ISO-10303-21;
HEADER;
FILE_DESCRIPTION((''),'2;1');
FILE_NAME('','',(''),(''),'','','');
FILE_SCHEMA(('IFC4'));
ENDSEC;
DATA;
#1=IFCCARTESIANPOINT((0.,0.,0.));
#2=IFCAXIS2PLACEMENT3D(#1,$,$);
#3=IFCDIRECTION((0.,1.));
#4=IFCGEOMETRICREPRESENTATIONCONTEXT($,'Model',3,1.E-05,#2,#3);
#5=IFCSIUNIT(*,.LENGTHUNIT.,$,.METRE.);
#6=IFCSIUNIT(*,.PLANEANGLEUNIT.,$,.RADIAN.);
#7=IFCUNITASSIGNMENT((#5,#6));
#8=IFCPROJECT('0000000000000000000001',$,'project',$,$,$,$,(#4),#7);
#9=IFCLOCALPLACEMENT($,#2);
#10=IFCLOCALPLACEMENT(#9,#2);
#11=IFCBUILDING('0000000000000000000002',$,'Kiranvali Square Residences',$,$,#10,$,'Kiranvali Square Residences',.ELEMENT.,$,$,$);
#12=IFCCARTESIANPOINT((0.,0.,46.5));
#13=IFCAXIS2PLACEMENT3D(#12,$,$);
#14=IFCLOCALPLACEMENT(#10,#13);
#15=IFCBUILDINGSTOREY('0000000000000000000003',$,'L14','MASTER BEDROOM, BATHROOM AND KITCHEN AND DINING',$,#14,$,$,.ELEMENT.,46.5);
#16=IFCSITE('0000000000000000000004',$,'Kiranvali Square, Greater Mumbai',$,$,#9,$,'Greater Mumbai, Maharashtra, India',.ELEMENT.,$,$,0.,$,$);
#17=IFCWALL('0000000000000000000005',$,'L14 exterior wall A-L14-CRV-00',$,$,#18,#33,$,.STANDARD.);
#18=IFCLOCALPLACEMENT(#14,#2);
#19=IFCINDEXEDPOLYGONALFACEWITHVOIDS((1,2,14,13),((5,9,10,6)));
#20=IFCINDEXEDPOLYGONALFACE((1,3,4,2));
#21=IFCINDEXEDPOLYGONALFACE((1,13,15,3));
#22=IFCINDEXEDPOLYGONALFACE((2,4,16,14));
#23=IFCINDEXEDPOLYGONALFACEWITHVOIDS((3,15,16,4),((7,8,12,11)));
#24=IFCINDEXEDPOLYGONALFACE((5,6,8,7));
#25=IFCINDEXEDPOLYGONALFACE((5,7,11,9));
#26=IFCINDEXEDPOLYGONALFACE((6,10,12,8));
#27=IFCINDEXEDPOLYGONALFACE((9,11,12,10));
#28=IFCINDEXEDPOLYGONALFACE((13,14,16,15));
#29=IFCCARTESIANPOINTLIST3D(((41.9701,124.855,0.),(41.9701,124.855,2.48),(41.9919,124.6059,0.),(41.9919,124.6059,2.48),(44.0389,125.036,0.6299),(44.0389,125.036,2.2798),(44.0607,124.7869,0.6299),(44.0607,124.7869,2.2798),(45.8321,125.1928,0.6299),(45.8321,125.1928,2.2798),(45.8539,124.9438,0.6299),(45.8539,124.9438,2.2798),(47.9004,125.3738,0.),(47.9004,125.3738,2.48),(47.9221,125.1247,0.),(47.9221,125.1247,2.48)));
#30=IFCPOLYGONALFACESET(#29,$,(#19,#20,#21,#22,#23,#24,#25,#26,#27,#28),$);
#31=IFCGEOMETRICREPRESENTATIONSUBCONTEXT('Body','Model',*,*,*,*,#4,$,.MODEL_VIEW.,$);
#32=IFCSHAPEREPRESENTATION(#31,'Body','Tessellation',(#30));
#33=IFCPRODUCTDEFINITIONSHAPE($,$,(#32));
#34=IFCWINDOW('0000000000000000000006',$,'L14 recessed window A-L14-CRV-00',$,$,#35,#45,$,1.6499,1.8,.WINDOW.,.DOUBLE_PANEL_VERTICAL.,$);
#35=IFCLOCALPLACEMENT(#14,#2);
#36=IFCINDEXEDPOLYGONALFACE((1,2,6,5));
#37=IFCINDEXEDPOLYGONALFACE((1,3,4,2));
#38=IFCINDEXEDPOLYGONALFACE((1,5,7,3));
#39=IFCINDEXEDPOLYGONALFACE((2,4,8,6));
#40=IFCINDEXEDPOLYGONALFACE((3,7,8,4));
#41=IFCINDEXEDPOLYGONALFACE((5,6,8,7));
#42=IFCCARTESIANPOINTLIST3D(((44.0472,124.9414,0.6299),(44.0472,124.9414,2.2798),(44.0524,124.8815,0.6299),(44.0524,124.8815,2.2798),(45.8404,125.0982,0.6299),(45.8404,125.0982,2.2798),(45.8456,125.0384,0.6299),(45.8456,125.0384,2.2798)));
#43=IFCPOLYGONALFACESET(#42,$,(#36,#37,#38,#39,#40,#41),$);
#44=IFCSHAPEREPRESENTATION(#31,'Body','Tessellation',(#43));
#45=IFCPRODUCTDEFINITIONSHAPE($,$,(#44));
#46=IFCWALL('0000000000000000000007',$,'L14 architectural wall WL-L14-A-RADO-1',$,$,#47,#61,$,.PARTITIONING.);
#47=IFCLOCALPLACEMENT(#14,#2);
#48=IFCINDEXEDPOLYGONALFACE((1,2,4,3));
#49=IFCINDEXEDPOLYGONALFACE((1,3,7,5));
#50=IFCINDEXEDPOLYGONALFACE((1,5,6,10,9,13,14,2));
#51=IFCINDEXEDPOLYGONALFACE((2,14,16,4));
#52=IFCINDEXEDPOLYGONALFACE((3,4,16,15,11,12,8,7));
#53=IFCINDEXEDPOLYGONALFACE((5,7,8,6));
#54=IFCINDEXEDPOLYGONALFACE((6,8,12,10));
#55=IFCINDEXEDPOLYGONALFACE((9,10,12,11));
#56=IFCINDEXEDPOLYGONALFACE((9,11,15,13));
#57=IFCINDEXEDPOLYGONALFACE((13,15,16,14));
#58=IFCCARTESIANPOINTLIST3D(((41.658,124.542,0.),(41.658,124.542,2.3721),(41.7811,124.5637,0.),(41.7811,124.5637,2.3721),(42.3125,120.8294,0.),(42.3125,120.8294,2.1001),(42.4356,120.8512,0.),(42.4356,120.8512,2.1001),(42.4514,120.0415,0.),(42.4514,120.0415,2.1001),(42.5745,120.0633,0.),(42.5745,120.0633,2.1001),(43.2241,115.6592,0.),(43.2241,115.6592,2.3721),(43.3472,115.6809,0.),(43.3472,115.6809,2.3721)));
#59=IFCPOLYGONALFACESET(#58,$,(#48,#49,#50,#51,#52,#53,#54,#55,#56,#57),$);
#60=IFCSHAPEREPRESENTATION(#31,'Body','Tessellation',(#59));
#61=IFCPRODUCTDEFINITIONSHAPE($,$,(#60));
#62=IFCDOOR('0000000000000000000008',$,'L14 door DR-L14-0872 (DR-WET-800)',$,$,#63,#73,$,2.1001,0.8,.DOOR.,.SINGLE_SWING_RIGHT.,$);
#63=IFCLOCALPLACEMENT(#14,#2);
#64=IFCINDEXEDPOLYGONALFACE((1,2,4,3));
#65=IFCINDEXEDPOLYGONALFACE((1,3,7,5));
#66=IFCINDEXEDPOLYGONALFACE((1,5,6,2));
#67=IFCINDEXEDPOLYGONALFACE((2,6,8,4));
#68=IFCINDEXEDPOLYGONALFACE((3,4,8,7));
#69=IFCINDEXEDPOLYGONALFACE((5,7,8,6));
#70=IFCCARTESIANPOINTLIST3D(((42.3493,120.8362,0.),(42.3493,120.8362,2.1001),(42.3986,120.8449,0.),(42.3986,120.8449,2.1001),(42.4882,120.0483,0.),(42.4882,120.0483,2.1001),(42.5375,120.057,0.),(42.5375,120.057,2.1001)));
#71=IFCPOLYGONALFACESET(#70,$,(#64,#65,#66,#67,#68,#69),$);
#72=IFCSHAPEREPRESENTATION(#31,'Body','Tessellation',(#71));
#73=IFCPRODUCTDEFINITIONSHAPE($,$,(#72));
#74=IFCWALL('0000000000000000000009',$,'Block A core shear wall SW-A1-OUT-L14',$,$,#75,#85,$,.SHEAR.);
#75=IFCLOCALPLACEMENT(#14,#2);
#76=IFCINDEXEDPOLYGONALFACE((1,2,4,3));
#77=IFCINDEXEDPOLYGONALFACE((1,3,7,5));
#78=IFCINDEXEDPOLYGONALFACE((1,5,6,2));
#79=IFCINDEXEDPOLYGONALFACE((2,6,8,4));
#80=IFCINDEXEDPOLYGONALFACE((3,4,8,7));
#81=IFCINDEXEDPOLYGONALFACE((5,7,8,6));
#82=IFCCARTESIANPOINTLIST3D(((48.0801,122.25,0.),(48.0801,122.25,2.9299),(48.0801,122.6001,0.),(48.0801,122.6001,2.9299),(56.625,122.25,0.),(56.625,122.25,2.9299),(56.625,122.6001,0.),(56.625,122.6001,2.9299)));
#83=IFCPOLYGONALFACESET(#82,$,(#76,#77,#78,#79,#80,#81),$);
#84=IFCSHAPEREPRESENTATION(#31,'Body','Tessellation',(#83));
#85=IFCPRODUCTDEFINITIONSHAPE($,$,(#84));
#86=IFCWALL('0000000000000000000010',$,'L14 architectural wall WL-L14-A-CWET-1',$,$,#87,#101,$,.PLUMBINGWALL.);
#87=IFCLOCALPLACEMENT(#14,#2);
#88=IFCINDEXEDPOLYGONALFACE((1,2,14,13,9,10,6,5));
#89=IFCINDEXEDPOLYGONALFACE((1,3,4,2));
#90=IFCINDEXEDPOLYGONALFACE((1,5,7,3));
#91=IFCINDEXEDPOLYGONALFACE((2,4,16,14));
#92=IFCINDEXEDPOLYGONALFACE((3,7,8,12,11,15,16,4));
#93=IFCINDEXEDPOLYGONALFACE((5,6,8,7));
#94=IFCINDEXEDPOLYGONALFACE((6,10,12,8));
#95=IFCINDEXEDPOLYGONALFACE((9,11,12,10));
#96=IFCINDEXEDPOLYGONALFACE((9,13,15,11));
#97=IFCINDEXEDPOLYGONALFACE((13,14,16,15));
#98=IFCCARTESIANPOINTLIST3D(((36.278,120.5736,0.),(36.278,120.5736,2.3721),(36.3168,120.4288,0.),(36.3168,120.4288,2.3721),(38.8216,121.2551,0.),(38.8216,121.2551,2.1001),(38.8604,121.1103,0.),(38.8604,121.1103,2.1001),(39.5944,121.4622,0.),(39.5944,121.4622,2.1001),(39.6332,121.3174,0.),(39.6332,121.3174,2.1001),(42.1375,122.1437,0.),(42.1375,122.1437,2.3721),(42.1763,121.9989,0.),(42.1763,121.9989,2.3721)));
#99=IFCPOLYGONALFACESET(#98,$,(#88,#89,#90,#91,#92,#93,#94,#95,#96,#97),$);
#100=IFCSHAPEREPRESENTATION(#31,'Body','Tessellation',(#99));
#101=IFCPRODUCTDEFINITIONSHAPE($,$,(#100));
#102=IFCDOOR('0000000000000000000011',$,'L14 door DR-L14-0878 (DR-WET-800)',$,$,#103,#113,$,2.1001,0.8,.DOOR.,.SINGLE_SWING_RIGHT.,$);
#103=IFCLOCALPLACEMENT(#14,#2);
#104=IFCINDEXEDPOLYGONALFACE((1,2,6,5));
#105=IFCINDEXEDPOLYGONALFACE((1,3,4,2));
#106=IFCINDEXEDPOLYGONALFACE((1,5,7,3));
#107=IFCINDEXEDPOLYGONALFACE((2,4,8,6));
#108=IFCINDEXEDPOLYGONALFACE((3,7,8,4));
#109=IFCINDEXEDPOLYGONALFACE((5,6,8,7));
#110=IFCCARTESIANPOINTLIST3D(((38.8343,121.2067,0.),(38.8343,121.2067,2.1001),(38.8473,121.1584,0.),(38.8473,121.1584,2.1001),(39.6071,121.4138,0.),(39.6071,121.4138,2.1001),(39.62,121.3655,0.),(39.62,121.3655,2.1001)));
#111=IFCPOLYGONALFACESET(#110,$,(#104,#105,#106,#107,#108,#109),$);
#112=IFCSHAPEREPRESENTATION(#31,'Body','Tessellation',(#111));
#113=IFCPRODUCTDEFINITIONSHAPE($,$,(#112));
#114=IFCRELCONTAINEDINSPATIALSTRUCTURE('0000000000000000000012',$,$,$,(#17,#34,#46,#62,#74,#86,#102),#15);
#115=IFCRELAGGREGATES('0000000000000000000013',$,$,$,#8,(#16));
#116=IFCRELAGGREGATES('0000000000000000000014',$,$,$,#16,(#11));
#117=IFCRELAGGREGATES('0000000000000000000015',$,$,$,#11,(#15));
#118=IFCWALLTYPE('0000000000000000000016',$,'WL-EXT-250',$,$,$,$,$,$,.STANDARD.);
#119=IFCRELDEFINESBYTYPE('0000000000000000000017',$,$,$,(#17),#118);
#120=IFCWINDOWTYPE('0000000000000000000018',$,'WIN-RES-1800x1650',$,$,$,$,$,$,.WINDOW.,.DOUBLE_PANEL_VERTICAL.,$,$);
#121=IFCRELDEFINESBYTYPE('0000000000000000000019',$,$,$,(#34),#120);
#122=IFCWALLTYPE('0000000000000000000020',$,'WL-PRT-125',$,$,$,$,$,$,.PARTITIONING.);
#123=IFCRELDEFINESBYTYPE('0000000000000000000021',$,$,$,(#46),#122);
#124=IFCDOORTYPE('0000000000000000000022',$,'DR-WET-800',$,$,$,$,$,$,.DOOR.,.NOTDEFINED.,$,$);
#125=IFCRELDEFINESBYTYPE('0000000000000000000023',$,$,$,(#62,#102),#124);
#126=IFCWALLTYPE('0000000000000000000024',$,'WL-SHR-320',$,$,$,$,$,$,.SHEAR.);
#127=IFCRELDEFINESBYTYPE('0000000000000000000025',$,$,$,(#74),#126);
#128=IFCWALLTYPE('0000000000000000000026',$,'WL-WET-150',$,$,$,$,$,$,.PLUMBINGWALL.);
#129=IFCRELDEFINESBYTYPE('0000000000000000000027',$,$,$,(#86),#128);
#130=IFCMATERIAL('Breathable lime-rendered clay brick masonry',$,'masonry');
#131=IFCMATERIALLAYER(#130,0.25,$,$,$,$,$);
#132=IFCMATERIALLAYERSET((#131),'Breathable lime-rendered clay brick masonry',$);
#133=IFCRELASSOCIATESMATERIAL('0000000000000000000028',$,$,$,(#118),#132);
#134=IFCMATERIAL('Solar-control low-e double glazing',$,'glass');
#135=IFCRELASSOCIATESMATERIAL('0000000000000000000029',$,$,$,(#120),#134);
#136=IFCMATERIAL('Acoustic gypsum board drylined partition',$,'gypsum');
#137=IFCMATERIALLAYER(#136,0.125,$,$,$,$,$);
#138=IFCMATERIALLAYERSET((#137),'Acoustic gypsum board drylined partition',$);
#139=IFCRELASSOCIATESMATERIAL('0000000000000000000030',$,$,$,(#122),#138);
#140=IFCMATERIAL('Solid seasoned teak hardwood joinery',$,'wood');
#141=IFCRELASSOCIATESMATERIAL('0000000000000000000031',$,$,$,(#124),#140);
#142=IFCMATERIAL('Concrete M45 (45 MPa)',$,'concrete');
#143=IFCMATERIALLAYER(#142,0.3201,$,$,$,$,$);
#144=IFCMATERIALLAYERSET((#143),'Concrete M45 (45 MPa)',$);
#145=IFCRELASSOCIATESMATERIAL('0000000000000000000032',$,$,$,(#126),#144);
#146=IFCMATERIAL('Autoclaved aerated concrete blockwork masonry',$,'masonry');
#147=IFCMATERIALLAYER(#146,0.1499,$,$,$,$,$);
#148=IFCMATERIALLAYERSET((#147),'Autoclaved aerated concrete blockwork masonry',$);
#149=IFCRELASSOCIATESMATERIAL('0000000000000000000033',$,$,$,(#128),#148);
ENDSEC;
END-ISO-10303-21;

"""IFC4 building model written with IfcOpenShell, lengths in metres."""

from ifc_helpers import new_model, si_unit, direction, frame, frame_2d, origin, place, context, subcontext, project, spatial, rectangle, extrude, material, layer, layer_set, type_object, element, fill, save


model = new_model("IFC4")

# Units and contexts
model_context = context("Model", 3, precision=1e-05, world=origin(), true_north=direction((0.0, 1.0)))
body_context = subcontext(model_context, "Body", "Model", "MODEL_VIEW")
ifc_project = project(units=[si_unit("LENGTHUNIT", "METRE"), si_unit("PLANEANGLEUNIT", "RADIAN")], contexts=[model_context])

# Site, building, storey
site_placement = place(None, origin())
site = spatial("IfcSite", under=ifc_project, at=site_placement, Name="Kiranvali Square, Greater Mumbai", LongName="Greater Mumbai, Maharashtra, India", CompositionType="ELEMENT", RefElevation=0.0)
building_placement = place(site_placement, origin())
building = spatial("IfcBuilding", under=site, at=building_placement, Name="Kiranvali Square Residences", LongName="Kiranvali Square Residences", CompositionType="ELEMENT")
storey_placement = place(building_placement, frame((0.0, 0.0, 46.5)))
storey = spatial("IfcBuildingStorey", under=building, at=storey_placement, Name="L14", Description="MASTER BEDROOM, BATHROOM AND KITCHEN AND DINING", CompositionType="ELEMENT", Elevation=46.5)

# Shared definitions
ifc_material_1 = material(Name="Autoclaved aerated concrete blockwork masonry", Category="masonry")

# Wall, opening, window
ifc_material_2 = material(Name="Breathable lime-rendered clay brick masonry", Category="masonry")
ifc_layer_1 = layer(ifc_material_2, 0.25)
ifc_layer_set_1 = layer_set([ifc_layer_1], Name="Breathable lime-rendered clay brick masonry")
wall_type_1 = type_object("IfcWallType", Name="WL-EXT-250", PredefinedType="STANDARD", material=ifc_layer_set_1)
wall_1_placement = place(storey_placement, frame((47.9114, 125.2493, 0.0), z_axis=(0.0, 0.0, 1.0), x_axis=(-0.996195, -0.087152, 0.0)))
wall_1 = element("IfcWall", 1, at=wall_1_placement, inside=storey, type_object=wall_type_1, Name="L14 exterior wall A-L14-CRV-00", PredefinedType="STANDARD", context=body_context, shape_type="SweptSolid", body=[
    extrude(rectangle(XDim=5.9529, YDim=0.25, at=frame_2d((2.9766, 0.0))), origin(), (0.0, 0.0, 1.0), 2.48),
])
opening_1_placement = place(wall_1_placement, frame((2.0764, 0.0, 0.6299)))
opening_1 = element("IfcOpeningElement", 2, at=opening_1_placement, cuts=wall_1, PredefinedType="OPENING", context=body_context, shape_type="SweptSolid", body=[
    extrude(rectangle(XDim=1.8, YDim=1.6499, at=frame_2d((0.8999, 0.825))), frame((0.0, 0.135, 0.0), z_axis=(0.0, -1.0, 0.0), x_axis=(1.0, 0.0, 0.0)), (0.0, 0.0, 1.0), 0.27),
])
ifc_material_3 = material(Name="Solar-control low-e double glazing", Category="glass")
window_type_1 = type_object("IfcWindowType", Name="WIN-RES-1800x1650", PartitioningType="DOUBLE_PANEL_VERTICAL", PredefinedType="WINDOW", material=ifc_material_3)
window_1_placement = place(opening_1_placement, origin())
window_1 = element("IfcWindow", 3, at=window_1_placement, inside=storey, type_object=window_type_1, Name="L14 recessed window A-L14-CRV-00", OverallHeight=1.6499, OverallWidth=1.8, PartitioningType="DOUBLE_PANEL_VERTICAL", PredefinedType="WINDOW", context=body_context, shape_type="SweptSolid", body=[
    extrude(rectangle(XDim=1.8, YDim=1.6499, at=frame_2d((0.8999, 0.825))), frame((0.0, 0.03, 0.0), z_axis=(0.0, -1.0, 0.0), x_axis=(1.0, 0.0, 0.0)), (0.0, 0.0, 1.0), 0.0601),
])
fill(opening_1, window_1)

# Wall, opening, door
ifc_material_4 = material(Name="Acoustic gypsum board drylined partition", Category="gypsum")
ifc_layer_2 = layer(ifc_material_4, 0.125)
ifc_layer_set_2 = layer_set([ifc_layer_2], Name="Acoustic gypsum board drylined partition")
wall_type_2 = type_object("IfcWallType", Name="WL-PRT-125", PredefinedType="PARTITIONING", material=ifc_layer_set_2)
wall_2_placement = place(storey_placement, frame((43.2856, 115.6702, 0.0), z_axis=(0.0, 0.0, 1.0), x_axis=(-0.173636, 0.98481, 0.0)))
wall_2 = element("IfcWall", 4, at=wall_2_placement, inside=storey, type_object=wall_type_2, Name="L14 architectural wall WL-L14-A-RADO-1", PredefinedType="PARTITIONING", context=body_context, shape_type="SweptSolid", body=[
    extrude(rectangle(XDim=9.0198, YDim=0.125, at=frame_2d((4.5098, 0.0))), origin(), (0.0, 0.0, 1.0), 2.3721),
])
opening_2_placement = place(wall_2_placement, frame((4.45, 0.0, 0.0)))
opening_2 = element("IfcOpeningElement", 5, at=opening_2_placement, cuts=wall_2, PredefinedType="OPENING", context=body_context, shape_type="SweptSolid", body=[
    extrude(rectangle(XDim=0.8, YDim=2.1001, at=frame_2d((0.3999, 1.05))), frame((0.0, 0.0725, 0.0), z_axis=(0.0, -1.0, 0.0), x_axis=(1.0, 0.0, 0.0)), (0.0, 0.0, 1.0), 0.145),
])
ifc_material_5 = material(Name="Solid seasoned teak hardwood joinery", Category="wood")
door_type_1 = type_object("IfcDoorType", Name="DR-WET-800", OperationType="NOTDEFINED", PredefinedType="DOOR", material=ifc_material_5)
door_1_placement = place(opening_2_placement, frame((0.8, 0.0, 0.0), z_axis=(0.0, 0.0, 1.0), x_axis=(-1.0, 0.0, 0.0)))
door_1 = element("IfcDoor", 6, at=door_1_placement, inside=storey, type_object=door_type_1, Name="L14 door DR-L14-0872 (DR-WET-800)", OperationType="SINGLE_SWING_RIGHT", OverallHeight=2.1001, OverallWidth=0.8, PredefinedType="DOOR", context=body_context, shape_type="SweptSolid", body=[
    extrude(rectangle(XDim=0.8, YDim=2.1001, at=frame_2d((0.3999, 1.05))), frame((0.0, 0.0249, 0.0), z_axis=(0.0, -1.0, 0.0), x_axis=(1.0, 0.0, 0.0)), (0.0, 0.0, 1.0), 0.05),
])
fill(opening_2, door_1)

# Wall
ifc_material_6 = material(Name="Concrete M45 (45 MPa)", Category="concrete")
ifc_layer_3 = layer(ifc_material_6, 0.3201)
ifc_layer_set_3 = layer_set([ifc_layer_3], Name="Concrete M45 (45 MPa)")
wall_type_3 = type_object("IfcWallType", Name="WL-SHR-320", PredefinedType="SHEAR", material=ifc_layer_set_3)
wall_3_placement = place(storey_placement, frame((48.0801, 122.425, 0.0), z_axis=(0.0, 0.0, 1.0), x_axis=(1.0, 0.0, 0.0)))
element("IfcWall", 7, at=wall_3_placement, inside=storey, type_object=wall_type_3, Name="Block A core shear wall SW-A1-OUT-L14", PredefinedType="SHEAR", context=body_context, shape_type="SweptSolid", body=[
    extrude(rectangle(XDim=8.5449, YDim=0.3501, at=frame_2d((4.2725, 0.0))), origin(), (0.0, 0.0, 1.0), 2.9299),
])

# Wall, opening, door
ifc_layer_4 = layer(ifc_material_1, 0.1499)
ifc_layer_set_4 = layer_set([ifc_layer_4], Name="Autoclaved aerated concrete blockwork masonry")
wall_type_4 = type_object("IfcWallType", Name="WL-WET-150", PredefinedType="PLUMBINGWALL", material=ifc_layer_set_4)
wall_4_placement = place(storey_placement, frame((42.157, 122.0713, 0.0), z_axis=(0.0, 0.0, 1.0), x_axis=(-0.965924, -0.258827, 0.0)))
wall_4 = element("IfcWall", 8, at=wall_4_placement, inside=storey, type_object=wall_type_4, Name="L14 architectural wall WL-L14-A-CWET-1", PredefinedType="PLUMBINGWALL", context=body_context, shape_type="SweptSolid", body=[
    extrude(rectangle(XDim=6.0662, YDim=0.1499, at=frame_2d((3.0332, 0.0))), origin(), (0.0, 0.0, 1.0), 2.3721),
])
opening_3_placement = place(wall_4_placement, frame((2.6331, 0.0, 0.0)))
opening_3 = element("IfcOpeningElement", 9, at=opening_3_placement, cuts=wall_4, PredefinedType="OPENING", context=body_context, shape_type="SweptSolid", body=[
    extrude(rectangle(XDim=0.8, YDim=2.1001, at=frame_2d((0.3999, 1.05))), frame((0.0, 0.085, 0.0), z_axis=(0.0, -1.0, 0.0), x_axis=(1.0, 0.0, 0.0)), (0.0, 0.0, 1.0), 0.1699),
])
door_2_placement = place(opening_3_placement, frame((0.8, 0.0, 0.0), z_axis=(0.0, 0.0, 1.0), x_axis=(-1.0, 0.0, 0.0)))
door_2 = element("IfcDoor", 10, at=door_2_placement, inside=storey, type_object=door_type_1, Name="L14 door DR-L14-0878 (DR-WET-800)", OperationType="SINGLE_SWING_RIGHT", OverallHeight=2.1001, OverallWidth=0.8, PredefinedType="DOOR", context=body_context, shape_type="SweptSolid", body=[
    extrude(rectangle(XDim=0.8, YDim=2.1001, at=frame_2d((0.3999, 1.05))), frame((0.0, 0.0249, 0.0), z_axis=(0.0, -1.0, 0.0), x_axis=(1.0, 0.0, 0.0)), (0.0, 0.0, 1.0), 0.05),
])
fill(opening_3, door_2)

save(model, "model.ifc")
